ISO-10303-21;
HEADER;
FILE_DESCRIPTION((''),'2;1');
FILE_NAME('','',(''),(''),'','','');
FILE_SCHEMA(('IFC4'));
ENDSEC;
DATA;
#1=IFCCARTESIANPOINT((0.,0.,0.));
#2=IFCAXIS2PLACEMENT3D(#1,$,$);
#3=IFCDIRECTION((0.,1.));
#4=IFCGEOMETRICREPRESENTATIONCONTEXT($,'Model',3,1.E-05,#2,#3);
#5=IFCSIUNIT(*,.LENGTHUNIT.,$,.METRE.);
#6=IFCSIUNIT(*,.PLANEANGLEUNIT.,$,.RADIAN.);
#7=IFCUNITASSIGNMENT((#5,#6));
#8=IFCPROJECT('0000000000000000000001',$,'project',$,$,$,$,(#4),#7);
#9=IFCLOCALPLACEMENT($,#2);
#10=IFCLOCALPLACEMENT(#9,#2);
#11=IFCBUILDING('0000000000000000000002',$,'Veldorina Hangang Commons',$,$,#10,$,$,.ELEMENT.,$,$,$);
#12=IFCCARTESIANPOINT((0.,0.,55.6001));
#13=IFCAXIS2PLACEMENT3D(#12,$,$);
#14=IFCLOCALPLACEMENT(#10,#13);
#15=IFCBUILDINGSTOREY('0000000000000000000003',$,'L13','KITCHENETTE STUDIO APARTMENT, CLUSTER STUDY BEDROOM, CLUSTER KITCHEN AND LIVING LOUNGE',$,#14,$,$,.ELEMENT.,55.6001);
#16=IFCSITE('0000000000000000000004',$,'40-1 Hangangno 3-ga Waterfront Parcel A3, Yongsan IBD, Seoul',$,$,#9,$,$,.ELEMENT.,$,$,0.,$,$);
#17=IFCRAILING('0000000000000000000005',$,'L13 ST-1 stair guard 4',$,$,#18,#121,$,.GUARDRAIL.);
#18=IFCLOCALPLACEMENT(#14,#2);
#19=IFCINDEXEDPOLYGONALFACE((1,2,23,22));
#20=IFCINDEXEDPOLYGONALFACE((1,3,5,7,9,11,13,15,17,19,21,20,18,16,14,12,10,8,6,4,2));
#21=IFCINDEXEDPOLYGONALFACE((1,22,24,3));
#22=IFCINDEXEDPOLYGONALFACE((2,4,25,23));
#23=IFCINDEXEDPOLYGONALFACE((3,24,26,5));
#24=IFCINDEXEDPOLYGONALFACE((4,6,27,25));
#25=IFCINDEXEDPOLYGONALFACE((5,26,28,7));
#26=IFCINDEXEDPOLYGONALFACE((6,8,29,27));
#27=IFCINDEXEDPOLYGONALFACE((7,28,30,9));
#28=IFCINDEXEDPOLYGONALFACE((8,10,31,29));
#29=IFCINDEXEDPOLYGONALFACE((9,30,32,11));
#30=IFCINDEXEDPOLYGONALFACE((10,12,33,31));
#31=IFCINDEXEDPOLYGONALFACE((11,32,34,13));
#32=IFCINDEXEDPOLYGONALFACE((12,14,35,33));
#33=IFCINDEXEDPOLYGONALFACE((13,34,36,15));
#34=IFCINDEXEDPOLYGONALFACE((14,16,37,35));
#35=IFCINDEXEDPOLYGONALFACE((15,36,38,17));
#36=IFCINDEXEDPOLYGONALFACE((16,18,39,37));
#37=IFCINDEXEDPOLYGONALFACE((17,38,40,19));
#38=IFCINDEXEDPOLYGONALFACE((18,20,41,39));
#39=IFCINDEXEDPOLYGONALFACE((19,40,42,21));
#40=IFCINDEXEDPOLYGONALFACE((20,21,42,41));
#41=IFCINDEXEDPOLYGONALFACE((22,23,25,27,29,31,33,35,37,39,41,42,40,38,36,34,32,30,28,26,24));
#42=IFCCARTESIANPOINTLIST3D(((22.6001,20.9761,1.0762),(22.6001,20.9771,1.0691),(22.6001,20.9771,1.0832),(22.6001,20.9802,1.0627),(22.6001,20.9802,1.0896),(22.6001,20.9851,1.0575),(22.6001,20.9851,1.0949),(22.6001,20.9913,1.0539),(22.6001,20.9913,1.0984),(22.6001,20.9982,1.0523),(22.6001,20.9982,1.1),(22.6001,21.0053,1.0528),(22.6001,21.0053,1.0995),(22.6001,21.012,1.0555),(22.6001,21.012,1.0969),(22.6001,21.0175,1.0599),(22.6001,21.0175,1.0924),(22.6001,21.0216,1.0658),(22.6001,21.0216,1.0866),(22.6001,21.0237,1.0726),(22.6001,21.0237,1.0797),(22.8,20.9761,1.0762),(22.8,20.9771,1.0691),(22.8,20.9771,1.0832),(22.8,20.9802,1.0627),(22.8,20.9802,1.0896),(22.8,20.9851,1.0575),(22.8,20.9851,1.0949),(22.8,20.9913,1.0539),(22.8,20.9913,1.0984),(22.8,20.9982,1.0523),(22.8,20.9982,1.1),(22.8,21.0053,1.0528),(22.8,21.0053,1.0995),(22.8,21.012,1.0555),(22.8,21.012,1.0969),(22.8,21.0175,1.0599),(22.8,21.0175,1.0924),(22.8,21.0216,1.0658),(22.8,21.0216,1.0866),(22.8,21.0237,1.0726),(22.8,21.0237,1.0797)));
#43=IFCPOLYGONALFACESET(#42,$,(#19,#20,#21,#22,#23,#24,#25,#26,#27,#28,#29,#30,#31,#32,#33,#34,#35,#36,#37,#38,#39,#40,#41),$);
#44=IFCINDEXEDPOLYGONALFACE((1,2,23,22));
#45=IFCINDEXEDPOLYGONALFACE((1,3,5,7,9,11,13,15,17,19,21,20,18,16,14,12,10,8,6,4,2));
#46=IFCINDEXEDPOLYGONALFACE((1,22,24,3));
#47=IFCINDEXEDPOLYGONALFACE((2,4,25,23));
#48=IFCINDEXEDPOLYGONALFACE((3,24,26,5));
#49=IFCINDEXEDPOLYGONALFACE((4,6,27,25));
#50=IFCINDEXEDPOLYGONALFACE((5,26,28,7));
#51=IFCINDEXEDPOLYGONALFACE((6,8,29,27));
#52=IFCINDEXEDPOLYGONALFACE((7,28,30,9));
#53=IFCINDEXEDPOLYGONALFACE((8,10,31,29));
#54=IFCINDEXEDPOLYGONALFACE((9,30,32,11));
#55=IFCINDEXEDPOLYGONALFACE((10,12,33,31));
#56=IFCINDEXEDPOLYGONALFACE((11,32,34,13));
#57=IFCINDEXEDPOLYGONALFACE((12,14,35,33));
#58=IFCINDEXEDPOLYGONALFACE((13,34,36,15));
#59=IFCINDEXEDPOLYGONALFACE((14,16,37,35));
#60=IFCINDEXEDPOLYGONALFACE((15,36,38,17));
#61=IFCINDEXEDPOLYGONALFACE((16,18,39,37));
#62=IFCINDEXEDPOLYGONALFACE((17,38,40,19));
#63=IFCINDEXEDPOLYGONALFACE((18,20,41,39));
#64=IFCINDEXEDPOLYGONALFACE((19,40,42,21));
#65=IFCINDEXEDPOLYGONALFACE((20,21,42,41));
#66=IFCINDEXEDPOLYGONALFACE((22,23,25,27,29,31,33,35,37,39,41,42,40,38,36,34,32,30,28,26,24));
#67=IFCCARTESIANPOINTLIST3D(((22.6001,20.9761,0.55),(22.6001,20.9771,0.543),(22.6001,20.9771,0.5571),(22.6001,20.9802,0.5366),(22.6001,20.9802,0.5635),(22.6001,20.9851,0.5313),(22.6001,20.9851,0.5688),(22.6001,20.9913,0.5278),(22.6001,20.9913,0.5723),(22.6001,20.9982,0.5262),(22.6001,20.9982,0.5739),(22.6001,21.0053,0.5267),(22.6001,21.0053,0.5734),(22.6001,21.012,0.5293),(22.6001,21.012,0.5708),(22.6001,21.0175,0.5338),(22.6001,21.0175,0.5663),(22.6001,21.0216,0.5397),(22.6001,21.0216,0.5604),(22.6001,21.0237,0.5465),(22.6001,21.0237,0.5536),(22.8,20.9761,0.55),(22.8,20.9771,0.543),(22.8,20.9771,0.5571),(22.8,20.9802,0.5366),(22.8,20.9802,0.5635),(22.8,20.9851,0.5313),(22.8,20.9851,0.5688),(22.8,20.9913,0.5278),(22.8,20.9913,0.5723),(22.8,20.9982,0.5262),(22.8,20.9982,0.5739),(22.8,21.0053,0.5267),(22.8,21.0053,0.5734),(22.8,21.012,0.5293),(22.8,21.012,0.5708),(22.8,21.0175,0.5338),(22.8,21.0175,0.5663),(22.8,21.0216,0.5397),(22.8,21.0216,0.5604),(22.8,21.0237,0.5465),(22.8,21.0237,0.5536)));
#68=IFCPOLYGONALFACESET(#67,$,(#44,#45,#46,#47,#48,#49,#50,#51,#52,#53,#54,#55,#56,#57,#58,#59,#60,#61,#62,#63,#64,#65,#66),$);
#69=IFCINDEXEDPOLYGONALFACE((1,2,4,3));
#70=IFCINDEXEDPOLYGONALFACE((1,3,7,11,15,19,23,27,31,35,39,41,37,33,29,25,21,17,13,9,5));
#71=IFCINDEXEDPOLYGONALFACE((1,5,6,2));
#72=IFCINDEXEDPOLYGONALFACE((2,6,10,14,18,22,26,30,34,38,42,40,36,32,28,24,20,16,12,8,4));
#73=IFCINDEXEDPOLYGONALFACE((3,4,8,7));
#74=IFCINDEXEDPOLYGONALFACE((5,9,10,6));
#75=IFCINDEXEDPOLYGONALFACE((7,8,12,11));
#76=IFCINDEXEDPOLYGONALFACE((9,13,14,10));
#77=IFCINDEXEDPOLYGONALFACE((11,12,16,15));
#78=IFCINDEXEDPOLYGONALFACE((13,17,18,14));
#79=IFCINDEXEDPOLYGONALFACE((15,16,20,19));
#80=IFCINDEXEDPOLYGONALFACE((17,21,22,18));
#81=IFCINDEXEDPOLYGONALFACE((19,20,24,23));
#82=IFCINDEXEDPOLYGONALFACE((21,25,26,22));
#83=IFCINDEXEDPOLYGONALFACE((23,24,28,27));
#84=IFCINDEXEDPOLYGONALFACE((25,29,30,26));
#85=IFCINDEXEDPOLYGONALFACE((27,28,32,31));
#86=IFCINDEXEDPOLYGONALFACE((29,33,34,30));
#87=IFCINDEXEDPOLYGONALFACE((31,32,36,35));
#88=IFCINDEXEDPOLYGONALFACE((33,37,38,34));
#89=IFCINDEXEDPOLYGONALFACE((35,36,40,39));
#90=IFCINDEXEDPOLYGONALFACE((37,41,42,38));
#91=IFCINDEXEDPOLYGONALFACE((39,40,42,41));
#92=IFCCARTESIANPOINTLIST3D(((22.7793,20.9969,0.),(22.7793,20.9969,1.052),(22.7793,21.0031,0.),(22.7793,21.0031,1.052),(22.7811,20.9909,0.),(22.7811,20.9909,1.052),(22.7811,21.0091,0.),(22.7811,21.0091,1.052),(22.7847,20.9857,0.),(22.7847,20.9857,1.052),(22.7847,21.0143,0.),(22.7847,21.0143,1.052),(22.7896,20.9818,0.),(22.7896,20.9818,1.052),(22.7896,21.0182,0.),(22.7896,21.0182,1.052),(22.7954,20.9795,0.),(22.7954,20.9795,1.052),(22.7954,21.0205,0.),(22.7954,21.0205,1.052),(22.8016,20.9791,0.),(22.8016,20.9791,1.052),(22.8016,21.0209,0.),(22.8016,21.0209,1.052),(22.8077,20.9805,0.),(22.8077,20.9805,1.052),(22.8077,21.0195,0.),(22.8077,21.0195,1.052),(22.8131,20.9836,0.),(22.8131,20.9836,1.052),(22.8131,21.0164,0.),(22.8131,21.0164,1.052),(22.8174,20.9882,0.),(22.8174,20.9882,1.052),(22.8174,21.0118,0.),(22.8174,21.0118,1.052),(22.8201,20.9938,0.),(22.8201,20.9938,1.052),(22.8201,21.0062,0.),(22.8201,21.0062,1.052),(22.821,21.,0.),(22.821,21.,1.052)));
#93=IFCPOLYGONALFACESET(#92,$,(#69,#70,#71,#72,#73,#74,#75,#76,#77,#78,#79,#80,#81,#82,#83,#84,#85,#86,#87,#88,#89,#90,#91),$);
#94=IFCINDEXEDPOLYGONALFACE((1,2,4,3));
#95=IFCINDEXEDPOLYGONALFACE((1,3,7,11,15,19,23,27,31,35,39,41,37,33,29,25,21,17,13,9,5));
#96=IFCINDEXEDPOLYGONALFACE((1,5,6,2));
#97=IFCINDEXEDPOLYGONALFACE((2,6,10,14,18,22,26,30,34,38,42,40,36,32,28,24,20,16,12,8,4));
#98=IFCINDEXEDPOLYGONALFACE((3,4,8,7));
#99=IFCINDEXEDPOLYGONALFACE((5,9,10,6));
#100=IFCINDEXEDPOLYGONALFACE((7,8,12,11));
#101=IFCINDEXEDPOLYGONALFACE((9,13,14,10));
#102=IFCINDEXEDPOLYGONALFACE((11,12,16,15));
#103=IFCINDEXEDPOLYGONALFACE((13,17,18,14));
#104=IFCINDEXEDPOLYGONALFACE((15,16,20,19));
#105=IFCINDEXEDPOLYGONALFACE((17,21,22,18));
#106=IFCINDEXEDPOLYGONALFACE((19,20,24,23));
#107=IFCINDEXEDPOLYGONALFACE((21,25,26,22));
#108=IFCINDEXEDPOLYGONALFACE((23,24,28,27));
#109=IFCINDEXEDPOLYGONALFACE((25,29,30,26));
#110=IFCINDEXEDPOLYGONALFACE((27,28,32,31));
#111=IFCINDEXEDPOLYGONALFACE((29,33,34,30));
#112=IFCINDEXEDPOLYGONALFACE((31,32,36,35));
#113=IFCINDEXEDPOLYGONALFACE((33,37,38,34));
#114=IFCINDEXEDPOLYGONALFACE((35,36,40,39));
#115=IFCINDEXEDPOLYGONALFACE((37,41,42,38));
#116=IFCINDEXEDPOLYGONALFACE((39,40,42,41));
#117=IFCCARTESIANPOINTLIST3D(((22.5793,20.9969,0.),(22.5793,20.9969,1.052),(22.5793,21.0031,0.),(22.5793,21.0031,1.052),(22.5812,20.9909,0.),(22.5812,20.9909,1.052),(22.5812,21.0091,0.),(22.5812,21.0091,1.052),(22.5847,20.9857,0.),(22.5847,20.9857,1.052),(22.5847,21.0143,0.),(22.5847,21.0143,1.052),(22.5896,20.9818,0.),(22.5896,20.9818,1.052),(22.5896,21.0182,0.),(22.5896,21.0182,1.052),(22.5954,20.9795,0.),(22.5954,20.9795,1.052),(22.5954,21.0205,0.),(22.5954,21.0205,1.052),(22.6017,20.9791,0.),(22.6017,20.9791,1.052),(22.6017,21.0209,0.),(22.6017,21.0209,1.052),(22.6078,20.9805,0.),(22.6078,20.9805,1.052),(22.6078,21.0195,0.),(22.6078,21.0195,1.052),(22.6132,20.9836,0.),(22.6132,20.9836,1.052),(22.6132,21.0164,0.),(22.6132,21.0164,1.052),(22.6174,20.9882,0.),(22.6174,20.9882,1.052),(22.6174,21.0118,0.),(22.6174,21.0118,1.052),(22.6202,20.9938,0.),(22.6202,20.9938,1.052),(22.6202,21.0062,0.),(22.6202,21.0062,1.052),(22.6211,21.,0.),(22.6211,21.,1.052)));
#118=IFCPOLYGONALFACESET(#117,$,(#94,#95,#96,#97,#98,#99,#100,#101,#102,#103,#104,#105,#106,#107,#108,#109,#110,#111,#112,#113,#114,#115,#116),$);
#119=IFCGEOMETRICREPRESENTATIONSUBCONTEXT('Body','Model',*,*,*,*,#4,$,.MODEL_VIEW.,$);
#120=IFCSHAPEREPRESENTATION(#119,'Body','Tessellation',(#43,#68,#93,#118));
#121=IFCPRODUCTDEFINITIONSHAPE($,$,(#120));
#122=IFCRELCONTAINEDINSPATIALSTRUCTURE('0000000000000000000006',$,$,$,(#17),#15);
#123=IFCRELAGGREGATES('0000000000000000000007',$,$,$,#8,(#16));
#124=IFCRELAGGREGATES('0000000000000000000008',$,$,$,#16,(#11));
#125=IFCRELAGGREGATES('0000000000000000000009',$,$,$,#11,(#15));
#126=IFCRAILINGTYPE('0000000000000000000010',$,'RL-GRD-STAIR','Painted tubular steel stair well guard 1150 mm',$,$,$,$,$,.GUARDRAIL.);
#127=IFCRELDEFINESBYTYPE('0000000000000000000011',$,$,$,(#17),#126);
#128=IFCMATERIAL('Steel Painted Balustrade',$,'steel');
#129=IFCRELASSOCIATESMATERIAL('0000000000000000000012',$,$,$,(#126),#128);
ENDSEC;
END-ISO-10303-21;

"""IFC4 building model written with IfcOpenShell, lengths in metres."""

from ifc_helpers import new_model, si_unit, direction, frame, origin, origin_2d, place, context, subcontext, project, spatial, circle, extrude, material, type_object, element, save


model = new_model("IFC4")

# Units and contexts
model_context = context("Model", 3, precision=1e-05, world=origin(), true_north=direction((0.0, 1.0)))
body_context = subcontext(model_context, "Body", "Model", "MODEL_VIEW")
ifc_project = project(units=[si_unit("LENGTHUNIT", "METRE"), si_unit("PLANEANGLEUNIT", "RADIAN")], contexts=[model_context])

# Site, building, storey
site_placement = place(None, origin())
site = spatial("IfcSite", under=ifc_project, at=site_placement, Name="40-1 Hangangno 3-ga Waterfront Parcel A3, Yongsan IBD, Seoul", CompositionType="ELEMENT", RefElevation=0.0)
building_placement = place(site_placement, origin())
building = spatial("IfcBuilding", under=site, at=building_placement, Name="Veldorina Hangang Commons", CompositionType="ELEMENT")
storey_placement = place(building_placement, frame((0.0, 0.0, 55.6001)))
storey = spatial("IfcBuildingStorey", under=building, at=storey_placement, Name="L13", Description="KITCHENETTE STUDIO APARTMENT, CLUSTER STUDY BEDROOM, CLUSTER KITCHEN AND LIVING LOUNGE", CompositionType="ELEMENT", Elevation=55.6001)

# Railing
ifc_material_1 = material(Name="Steel Painted Balustrade", Category="steel")
railing_type = type_object("IfcRailingType", Name="RL-GRD-STAIR", Description="Painted tubular steel stair well guard 1150 mm", PredefinedType="GUARDRAIL", material=ifc_material_1)
railing_1_placement = place(storey_placement, frame((22.8, 21.0, 0.0)))
element("IfcRailing", 1, at=railing_1_placement, inside=storey, type_object=railing_type, Name="L13 ST-1 stair guard 4", PredefinedType="GUARDRAIL", context=body_context, shape_type="SweptSolid", body=[
    extrude(circle(Radius=0.0239, at=origin_2d()), frame((0.0, 0.0, 1.0762), z_axis=(-1.0, 0.0, 0.0), x_axis=(0.0, -1.0, 0.0)), (0.0, 0.0, 1.0), 0.2),
    extrude(circle(Radius=0.0239, at=origin_2d()), frame((0.0, 0.0, 0.55), z_axis=(-1.0, 0.0, 0.0), x_axis=(0.0, -1.0, 0.0)), (0.0, 0.0, 1.0), 0.2),
    extrude(circle(Radius=0.021, at=origin_2d()), origin(), (0.0, 0.0, 1.0), 1.052),
    extrude(circle(Radius=0.021, at=origin_2d()), frame((-0.2, 0.0, 0.0)), (0.0, 0.0, 1.0), 1.052),
])

save(model, "model.ifc")
